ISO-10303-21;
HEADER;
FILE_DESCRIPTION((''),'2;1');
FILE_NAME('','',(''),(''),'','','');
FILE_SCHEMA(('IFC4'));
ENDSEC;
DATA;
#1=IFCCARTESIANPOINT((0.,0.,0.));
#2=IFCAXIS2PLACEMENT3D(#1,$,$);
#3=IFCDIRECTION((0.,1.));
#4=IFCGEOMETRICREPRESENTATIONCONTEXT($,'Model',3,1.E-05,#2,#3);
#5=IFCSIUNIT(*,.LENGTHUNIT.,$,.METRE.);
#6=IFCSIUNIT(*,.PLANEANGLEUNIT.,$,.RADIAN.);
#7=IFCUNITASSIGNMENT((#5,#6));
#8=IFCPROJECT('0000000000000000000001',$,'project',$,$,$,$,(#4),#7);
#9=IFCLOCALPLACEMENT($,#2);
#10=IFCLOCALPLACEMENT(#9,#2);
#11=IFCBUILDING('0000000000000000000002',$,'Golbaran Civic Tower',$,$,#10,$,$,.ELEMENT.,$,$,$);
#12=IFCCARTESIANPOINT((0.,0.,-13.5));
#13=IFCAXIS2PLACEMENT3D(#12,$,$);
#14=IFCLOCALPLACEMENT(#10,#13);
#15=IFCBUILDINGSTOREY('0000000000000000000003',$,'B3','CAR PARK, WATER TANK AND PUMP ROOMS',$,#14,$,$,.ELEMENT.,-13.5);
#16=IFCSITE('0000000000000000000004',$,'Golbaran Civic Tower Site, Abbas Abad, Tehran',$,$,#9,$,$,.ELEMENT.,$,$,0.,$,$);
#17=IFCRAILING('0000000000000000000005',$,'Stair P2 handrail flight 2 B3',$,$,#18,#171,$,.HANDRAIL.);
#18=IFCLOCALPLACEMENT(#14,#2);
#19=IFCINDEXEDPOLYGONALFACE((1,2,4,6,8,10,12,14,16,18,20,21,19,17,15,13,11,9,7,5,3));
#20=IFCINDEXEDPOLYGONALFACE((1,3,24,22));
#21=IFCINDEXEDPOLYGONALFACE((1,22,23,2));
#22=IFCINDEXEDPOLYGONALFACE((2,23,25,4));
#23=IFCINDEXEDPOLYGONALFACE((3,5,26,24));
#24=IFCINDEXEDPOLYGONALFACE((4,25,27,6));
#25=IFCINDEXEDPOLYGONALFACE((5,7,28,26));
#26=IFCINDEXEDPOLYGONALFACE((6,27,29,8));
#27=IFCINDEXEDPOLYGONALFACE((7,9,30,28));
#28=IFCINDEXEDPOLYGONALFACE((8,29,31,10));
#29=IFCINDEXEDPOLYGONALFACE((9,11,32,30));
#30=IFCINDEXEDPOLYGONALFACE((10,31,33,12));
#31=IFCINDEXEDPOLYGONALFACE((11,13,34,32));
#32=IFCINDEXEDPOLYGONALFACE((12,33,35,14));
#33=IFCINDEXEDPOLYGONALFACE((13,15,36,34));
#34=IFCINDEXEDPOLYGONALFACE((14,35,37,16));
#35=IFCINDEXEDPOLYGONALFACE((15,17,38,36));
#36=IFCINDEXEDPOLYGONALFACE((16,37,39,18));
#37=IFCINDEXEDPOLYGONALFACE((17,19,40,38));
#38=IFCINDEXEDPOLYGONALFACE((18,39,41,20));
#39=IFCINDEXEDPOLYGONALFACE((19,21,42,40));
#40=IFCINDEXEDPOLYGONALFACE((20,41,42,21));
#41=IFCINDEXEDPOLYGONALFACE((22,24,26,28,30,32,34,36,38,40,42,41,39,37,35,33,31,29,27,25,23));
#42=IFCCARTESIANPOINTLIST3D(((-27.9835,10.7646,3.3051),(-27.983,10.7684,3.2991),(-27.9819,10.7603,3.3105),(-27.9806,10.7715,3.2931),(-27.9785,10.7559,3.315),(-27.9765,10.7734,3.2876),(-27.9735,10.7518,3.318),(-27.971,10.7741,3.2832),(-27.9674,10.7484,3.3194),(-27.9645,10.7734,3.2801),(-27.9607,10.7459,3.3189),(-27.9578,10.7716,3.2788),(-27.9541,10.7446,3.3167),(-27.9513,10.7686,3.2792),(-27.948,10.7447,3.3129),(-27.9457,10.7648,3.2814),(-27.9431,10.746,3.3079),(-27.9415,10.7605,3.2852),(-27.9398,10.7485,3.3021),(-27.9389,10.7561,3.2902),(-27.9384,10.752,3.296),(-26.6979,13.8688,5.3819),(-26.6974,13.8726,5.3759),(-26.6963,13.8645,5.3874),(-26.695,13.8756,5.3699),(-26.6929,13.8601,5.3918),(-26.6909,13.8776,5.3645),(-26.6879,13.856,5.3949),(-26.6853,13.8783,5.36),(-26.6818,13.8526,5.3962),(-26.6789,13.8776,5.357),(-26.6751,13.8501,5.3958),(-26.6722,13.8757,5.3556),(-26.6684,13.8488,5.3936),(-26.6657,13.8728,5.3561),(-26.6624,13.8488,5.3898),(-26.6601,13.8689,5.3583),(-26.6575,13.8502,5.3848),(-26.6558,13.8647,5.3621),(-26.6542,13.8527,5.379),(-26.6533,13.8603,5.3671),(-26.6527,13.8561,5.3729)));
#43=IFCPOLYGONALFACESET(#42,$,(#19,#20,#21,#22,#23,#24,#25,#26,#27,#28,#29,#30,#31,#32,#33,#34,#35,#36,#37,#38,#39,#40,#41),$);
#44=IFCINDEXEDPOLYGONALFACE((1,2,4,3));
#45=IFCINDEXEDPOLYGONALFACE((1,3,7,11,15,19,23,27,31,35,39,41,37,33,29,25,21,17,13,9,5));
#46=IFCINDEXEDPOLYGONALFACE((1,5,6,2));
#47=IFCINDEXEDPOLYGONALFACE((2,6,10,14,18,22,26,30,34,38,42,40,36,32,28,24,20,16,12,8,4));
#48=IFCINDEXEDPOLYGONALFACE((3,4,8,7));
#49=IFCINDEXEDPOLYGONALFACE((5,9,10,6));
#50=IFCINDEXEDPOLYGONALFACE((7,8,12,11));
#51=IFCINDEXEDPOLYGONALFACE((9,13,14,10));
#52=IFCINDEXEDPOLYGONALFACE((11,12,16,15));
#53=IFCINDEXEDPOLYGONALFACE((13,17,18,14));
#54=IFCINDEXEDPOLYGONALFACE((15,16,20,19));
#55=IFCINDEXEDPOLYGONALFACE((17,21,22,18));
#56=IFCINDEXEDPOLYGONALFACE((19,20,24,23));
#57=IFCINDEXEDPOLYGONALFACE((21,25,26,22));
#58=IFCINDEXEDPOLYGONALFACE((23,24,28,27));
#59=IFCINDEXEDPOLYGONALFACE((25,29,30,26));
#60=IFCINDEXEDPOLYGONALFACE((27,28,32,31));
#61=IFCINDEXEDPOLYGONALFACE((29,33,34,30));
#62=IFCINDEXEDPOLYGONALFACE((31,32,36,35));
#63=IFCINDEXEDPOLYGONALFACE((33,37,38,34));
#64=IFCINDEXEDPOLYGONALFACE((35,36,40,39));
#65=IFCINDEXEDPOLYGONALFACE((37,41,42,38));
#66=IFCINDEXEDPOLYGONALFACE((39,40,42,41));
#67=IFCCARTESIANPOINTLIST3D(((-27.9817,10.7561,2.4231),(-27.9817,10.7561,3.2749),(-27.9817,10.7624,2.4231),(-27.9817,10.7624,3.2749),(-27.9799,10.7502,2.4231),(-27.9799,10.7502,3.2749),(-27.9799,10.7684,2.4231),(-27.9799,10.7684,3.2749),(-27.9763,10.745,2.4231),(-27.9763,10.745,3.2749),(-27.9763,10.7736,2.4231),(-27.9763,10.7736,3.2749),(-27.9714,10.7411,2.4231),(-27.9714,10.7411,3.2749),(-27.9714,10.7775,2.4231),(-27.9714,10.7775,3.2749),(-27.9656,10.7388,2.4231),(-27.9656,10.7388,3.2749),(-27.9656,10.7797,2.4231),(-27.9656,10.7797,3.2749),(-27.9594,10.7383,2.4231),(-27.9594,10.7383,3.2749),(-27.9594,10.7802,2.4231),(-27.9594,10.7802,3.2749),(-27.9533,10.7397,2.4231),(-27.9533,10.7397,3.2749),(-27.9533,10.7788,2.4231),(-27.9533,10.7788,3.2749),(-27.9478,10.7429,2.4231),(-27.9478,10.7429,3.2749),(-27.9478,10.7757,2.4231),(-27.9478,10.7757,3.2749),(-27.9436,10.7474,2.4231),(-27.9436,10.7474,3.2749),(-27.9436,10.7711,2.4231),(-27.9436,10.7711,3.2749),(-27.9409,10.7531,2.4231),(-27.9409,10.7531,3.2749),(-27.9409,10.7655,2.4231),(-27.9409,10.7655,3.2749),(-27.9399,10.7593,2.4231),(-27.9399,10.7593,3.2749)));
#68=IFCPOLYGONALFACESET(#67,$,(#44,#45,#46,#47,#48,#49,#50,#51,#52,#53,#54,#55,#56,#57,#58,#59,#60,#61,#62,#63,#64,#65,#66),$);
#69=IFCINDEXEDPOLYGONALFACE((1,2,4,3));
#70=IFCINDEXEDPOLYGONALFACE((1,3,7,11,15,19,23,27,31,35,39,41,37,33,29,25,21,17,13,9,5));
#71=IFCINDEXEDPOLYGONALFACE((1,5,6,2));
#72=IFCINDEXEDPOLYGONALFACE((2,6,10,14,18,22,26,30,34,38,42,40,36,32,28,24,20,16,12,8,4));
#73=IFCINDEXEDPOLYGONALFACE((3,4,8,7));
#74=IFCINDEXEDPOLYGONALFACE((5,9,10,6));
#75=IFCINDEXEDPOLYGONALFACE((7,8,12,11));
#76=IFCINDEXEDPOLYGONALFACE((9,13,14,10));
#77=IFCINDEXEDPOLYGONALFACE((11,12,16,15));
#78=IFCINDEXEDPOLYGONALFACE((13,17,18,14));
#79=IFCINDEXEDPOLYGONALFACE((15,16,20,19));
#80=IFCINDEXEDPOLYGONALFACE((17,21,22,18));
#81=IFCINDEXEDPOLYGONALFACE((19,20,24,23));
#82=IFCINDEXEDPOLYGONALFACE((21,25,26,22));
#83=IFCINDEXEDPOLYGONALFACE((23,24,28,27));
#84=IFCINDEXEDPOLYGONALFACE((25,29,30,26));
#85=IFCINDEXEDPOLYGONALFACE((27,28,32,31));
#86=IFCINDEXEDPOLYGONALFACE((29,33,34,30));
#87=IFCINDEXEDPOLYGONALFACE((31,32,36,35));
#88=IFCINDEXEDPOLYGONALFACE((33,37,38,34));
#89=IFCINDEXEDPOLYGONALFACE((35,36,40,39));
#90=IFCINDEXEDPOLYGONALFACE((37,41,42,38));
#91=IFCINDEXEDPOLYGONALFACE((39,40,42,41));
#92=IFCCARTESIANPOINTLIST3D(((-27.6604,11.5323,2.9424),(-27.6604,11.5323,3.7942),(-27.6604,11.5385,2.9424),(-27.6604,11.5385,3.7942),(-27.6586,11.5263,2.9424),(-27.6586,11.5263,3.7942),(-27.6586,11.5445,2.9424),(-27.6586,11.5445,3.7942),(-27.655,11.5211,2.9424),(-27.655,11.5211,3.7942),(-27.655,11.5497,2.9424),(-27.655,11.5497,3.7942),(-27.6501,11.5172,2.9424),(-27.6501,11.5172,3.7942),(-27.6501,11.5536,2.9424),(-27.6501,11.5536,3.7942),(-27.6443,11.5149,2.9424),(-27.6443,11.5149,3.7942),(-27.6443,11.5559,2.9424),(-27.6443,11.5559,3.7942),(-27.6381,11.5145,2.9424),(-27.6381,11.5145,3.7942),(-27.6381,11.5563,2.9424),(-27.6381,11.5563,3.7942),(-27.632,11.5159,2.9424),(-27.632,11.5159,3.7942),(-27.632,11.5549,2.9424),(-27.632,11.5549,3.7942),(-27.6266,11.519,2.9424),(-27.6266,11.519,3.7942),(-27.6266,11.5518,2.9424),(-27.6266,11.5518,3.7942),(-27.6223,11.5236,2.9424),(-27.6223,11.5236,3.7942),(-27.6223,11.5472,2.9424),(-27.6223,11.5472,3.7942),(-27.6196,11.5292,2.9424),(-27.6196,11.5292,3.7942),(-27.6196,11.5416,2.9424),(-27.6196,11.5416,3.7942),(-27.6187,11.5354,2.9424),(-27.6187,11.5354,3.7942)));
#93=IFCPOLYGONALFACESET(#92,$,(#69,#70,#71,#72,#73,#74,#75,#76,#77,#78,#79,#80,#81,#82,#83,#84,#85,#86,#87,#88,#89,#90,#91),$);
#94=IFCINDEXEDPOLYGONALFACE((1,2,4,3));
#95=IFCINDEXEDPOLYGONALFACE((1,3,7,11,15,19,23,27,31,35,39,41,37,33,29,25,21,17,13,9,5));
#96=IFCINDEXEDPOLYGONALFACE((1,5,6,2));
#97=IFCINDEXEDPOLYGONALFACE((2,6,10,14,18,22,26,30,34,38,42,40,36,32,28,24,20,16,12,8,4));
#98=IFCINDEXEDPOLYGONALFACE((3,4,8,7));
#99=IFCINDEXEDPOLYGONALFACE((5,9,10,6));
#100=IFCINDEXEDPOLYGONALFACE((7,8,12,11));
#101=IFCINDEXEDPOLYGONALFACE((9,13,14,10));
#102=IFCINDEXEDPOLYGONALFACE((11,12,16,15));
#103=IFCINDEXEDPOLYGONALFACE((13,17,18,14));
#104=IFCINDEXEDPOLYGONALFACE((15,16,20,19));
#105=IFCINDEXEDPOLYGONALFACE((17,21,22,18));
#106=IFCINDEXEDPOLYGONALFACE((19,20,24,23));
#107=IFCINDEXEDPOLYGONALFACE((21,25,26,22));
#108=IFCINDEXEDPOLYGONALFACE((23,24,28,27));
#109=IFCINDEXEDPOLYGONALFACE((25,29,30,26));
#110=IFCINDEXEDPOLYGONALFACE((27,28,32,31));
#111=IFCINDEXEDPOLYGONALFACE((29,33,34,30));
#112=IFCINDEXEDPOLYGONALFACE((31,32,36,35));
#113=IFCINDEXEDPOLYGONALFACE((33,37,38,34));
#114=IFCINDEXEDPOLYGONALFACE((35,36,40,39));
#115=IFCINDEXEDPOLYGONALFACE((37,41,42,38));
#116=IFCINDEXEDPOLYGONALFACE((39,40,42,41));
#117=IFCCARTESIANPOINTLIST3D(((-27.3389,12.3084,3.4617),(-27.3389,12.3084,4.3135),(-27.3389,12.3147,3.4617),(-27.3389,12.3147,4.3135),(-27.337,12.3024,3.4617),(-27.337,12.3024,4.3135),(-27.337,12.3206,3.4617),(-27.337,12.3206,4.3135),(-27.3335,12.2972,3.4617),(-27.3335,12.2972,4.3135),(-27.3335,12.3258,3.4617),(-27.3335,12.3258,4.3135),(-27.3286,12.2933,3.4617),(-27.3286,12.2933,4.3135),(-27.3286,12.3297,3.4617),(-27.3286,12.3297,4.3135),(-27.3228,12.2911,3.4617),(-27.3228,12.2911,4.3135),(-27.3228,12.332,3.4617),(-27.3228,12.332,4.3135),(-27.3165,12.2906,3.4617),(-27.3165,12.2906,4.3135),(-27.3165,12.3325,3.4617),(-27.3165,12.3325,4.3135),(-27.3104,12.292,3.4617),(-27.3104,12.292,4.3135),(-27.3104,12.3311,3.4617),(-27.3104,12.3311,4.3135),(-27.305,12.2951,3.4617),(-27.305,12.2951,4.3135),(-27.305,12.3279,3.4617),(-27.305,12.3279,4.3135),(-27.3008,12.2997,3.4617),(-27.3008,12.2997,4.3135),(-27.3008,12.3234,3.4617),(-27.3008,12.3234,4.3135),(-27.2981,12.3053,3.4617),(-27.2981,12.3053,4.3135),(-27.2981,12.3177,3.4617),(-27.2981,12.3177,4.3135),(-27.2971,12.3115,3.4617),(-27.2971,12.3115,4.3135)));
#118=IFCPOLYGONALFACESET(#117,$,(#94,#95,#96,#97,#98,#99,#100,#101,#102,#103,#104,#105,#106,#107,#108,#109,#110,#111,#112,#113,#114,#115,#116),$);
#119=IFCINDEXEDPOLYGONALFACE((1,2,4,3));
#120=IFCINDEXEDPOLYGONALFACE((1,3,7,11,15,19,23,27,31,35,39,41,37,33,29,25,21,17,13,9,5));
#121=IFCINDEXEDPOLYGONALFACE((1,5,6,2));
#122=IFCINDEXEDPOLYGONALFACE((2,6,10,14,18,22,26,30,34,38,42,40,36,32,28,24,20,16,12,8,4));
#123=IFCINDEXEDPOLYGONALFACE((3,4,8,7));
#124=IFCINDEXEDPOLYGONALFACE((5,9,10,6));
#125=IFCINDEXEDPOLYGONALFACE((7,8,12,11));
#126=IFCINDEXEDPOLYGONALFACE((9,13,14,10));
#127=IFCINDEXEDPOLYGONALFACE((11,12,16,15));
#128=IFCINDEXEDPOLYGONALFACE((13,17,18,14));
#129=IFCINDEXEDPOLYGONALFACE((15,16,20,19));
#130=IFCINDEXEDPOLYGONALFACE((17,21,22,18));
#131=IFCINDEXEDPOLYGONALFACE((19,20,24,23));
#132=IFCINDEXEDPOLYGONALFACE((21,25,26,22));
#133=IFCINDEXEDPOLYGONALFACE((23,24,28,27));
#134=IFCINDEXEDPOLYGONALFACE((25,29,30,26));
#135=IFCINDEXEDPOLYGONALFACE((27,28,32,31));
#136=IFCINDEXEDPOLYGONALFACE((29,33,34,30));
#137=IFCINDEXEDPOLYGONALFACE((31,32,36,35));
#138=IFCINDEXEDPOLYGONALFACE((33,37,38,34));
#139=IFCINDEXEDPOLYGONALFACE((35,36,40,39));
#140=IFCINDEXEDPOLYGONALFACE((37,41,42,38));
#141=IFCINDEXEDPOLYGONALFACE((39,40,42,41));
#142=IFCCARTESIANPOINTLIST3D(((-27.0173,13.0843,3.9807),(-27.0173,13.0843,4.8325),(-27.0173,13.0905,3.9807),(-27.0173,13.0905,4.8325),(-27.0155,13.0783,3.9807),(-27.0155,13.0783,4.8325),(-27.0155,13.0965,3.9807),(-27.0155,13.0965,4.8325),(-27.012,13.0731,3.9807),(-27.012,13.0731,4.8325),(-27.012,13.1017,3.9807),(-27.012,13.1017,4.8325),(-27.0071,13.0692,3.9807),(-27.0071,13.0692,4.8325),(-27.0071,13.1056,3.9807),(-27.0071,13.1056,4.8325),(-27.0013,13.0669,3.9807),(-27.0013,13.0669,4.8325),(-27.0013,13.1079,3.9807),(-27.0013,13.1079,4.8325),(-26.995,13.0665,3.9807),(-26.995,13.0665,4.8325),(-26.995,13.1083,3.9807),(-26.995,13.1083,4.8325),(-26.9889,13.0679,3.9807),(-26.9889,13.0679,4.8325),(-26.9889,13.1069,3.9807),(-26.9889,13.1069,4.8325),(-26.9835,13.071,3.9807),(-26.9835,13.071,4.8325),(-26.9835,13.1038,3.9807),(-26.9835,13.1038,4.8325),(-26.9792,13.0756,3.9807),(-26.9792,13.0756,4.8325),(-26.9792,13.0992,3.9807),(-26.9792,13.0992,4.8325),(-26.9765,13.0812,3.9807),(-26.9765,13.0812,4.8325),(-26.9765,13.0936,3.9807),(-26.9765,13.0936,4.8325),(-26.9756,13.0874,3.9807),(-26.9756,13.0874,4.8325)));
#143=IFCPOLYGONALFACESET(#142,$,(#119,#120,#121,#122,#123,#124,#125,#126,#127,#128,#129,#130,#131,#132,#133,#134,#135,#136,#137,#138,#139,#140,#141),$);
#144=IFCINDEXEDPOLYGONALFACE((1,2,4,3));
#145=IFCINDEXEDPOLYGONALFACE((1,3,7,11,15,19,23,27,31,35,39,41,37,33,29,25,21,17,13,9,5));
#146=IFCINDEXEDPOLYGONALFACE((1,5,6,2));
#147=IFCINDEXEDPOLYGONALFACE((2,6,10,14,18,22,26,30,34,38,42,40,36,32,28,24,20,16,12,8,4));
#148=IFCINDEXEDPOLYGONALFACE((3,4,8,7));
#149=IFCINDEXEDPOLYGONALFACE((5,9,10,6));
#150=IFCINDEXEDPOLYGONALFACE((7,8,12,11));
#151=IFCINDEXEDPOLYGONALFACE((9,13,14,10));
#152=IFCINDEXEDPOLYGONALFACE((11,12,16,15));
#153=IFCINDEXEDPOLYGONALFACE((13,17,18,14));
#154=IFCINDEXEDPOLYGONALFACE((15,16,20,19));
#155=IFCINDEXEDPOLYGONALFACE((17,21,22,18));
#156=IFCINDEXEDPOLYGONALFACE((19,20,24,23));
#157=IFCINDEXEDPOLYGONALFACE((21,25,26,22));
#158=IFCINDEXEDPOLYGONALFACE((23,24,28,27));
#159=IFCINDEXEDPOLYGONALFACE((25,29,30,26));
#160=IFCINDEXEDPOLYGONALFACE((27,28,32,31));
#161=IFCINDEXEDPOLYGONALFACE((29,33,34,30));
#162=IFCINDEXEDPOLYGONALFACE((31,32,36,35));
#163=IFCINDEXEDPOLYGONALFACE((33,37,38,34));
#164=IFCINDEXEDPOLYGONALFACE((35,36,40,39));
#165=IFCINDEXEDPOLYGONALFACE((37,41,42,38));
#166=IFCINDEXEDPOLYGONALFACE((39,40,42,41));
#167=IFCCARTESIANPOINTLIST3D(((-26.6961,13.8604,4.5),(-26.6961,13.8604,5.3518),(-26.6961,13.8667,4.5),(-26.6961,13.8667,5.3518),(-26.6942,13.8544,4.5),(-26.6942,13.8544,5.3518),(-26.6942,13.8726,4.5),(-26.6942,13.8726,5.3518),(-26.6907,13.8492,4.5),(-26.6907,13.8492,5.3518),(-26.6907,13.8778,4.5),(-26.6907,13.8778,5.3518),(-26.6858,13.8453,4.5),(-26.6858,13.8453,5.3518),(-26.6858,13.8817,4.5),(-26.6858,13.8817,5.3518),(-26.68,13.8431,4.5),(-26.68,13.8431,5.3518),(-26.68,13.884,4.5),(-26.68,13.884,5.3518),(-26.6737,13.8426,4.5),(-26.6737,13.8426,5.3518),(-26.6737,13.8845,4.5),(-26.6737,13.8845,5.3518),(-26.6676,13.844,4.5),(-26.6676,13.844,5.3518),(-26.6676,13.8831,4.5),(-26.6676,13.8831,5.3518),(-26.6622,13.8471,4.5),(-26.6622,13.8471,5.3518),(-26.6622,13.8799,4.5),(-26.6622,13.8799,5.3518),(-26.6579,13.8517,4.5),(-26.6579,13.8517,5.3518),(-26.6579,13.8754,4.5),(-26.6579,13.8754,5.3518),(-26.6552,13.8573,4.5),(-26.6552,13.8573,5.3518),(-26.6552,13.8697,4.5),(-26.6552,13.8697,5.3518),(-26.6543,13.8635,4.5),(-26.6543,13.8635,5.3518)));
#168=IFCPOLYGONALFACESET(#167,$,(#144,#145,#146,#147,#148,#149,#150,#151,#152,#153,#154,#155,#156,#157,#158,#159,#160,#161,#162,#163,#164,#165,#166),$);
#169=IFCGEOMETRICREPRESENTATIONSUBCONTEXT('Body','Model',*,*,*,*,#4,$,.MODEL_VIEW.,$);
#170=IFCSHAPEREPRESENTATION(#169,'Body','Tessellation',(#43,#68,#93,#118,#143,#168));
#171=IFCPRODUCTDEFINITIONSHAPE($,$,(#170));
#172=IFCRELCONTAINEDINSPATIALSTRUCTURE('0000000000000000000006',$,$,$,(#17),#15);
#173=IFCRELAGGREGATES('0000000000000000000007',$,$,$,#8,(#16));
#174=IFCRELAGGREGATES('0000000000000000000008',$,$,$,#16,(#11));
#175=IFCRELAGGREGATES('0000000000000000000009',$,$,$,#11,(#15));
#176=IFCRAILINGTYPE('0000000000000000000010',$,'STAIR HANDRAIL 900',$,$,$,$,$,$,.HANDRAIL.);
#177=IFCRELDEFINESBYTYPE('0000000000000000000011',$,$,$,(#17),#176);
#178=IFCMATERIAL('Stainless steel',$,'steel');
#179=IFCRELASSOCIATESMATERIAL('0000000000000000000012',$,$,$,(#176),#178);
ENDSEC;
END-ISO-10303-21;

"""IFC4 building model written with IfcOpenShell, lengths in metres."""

from ifc_helpers import new_model, si_unit, direction, frame, origin, origin_2d, place, context, subcontext, project, spatial, circle, extrude, material, type_object, element, save


model = new_model("IFC4")

# Units and contexts
model_context = context("Model", 3, precision=1e-05, world=origin(), true_north=direction((0.0, 1.0)))
body_context = subcontext(model_context, "Body", "Model", "MODEL_VIEW")
ifc_project = project(units=[si_unit("LENGTHUNIT", "METRE"), si_unit("PLANEANGLEUNIT", "RADIAN")], contexts=[model_context])

# Site, building, storey
site_placement = place(None, origin())
site = spatial("IfcSite", under=ifc_project, at=site_placement, Name="Golbaran Civic Tower Site, Abbas Abad, Tehran", CompositionType="ELEMENT", RefElevation=0.0)
building_placement = place(site_placement, origin())
building = spatial("IfcBuilding", under=site, at=building_placement, Name="Golbaran Civic Tower", CompositionType="ELEMENT")
storey_placement = place(building_placement, frame((0.0, 0.0, -13.5)))
storey = spatial("IfcBuildingStorey", under=building, at=storey_placement, Name="B3", Description="CAR PARK, WATER TANK AND PUMP ROOMS", CompositionType="ELEMENT", Elevation=-13.5)

# Railing
ifc_material_1 = material(Name="Stainless steel", Category="steel")
railing_type_1 = type_object("IfcRailingType", Name="STAIR HANDRAIL 900", PredefinedType="HANDRAIL", material=ifc_material_1)
railing_1_placement = place(storey_placement, frame((-27.9609, 10.7593, 2.4231)))
element("IfcRailing", 1, at=railing_1_placement, inside=storey, type_object=railing_type_1, Name="Stair P2 handrail flight 2 B3", PredefinedType="HANDRAIL", context=body_context, shape_type="SweptSolid", body=[
    extrude(circle(Radius=0.0239, at=origin_2d()), frame((0.0, 0.0, 0.876), z_axis=(0.325477, 0.785879, 0.525794), x_axis=(-0.923898, 0.382638, 0.0)), (0.0, 0.0, 1.0), 3.95),
    extrude(circle(Radius=0.021, at=origin_2d()), origin(), (0.0, 0.0, 1.0), 0.8518),
    extrude(circle(Radius=0.021, at=origin_2d()), frame((0.3213, 0.7761, 0.5193)), (0.0, 0.0, 1.0), 0.8518),
    extrude(circle(Radius=0.021, at=origin_2d()), frame((0.6428, 1.5522, 1.0386)), (0.0, 0.0, 1.0), 0.8518),
    extrude(circle(Radius=0.021, at=origin_2d()), frame((0.9644, 2.3281, 1.5576)), (0.0, 0.0, 1.0), 0.8518),
    extrude(circle(Radius=0.021, at=origin_2d()), frame((1.2856, 3.1042, 2.0769)), (0.0, 0.0, 1.0), 0.8518),
])

save(model, "model.ifc")
